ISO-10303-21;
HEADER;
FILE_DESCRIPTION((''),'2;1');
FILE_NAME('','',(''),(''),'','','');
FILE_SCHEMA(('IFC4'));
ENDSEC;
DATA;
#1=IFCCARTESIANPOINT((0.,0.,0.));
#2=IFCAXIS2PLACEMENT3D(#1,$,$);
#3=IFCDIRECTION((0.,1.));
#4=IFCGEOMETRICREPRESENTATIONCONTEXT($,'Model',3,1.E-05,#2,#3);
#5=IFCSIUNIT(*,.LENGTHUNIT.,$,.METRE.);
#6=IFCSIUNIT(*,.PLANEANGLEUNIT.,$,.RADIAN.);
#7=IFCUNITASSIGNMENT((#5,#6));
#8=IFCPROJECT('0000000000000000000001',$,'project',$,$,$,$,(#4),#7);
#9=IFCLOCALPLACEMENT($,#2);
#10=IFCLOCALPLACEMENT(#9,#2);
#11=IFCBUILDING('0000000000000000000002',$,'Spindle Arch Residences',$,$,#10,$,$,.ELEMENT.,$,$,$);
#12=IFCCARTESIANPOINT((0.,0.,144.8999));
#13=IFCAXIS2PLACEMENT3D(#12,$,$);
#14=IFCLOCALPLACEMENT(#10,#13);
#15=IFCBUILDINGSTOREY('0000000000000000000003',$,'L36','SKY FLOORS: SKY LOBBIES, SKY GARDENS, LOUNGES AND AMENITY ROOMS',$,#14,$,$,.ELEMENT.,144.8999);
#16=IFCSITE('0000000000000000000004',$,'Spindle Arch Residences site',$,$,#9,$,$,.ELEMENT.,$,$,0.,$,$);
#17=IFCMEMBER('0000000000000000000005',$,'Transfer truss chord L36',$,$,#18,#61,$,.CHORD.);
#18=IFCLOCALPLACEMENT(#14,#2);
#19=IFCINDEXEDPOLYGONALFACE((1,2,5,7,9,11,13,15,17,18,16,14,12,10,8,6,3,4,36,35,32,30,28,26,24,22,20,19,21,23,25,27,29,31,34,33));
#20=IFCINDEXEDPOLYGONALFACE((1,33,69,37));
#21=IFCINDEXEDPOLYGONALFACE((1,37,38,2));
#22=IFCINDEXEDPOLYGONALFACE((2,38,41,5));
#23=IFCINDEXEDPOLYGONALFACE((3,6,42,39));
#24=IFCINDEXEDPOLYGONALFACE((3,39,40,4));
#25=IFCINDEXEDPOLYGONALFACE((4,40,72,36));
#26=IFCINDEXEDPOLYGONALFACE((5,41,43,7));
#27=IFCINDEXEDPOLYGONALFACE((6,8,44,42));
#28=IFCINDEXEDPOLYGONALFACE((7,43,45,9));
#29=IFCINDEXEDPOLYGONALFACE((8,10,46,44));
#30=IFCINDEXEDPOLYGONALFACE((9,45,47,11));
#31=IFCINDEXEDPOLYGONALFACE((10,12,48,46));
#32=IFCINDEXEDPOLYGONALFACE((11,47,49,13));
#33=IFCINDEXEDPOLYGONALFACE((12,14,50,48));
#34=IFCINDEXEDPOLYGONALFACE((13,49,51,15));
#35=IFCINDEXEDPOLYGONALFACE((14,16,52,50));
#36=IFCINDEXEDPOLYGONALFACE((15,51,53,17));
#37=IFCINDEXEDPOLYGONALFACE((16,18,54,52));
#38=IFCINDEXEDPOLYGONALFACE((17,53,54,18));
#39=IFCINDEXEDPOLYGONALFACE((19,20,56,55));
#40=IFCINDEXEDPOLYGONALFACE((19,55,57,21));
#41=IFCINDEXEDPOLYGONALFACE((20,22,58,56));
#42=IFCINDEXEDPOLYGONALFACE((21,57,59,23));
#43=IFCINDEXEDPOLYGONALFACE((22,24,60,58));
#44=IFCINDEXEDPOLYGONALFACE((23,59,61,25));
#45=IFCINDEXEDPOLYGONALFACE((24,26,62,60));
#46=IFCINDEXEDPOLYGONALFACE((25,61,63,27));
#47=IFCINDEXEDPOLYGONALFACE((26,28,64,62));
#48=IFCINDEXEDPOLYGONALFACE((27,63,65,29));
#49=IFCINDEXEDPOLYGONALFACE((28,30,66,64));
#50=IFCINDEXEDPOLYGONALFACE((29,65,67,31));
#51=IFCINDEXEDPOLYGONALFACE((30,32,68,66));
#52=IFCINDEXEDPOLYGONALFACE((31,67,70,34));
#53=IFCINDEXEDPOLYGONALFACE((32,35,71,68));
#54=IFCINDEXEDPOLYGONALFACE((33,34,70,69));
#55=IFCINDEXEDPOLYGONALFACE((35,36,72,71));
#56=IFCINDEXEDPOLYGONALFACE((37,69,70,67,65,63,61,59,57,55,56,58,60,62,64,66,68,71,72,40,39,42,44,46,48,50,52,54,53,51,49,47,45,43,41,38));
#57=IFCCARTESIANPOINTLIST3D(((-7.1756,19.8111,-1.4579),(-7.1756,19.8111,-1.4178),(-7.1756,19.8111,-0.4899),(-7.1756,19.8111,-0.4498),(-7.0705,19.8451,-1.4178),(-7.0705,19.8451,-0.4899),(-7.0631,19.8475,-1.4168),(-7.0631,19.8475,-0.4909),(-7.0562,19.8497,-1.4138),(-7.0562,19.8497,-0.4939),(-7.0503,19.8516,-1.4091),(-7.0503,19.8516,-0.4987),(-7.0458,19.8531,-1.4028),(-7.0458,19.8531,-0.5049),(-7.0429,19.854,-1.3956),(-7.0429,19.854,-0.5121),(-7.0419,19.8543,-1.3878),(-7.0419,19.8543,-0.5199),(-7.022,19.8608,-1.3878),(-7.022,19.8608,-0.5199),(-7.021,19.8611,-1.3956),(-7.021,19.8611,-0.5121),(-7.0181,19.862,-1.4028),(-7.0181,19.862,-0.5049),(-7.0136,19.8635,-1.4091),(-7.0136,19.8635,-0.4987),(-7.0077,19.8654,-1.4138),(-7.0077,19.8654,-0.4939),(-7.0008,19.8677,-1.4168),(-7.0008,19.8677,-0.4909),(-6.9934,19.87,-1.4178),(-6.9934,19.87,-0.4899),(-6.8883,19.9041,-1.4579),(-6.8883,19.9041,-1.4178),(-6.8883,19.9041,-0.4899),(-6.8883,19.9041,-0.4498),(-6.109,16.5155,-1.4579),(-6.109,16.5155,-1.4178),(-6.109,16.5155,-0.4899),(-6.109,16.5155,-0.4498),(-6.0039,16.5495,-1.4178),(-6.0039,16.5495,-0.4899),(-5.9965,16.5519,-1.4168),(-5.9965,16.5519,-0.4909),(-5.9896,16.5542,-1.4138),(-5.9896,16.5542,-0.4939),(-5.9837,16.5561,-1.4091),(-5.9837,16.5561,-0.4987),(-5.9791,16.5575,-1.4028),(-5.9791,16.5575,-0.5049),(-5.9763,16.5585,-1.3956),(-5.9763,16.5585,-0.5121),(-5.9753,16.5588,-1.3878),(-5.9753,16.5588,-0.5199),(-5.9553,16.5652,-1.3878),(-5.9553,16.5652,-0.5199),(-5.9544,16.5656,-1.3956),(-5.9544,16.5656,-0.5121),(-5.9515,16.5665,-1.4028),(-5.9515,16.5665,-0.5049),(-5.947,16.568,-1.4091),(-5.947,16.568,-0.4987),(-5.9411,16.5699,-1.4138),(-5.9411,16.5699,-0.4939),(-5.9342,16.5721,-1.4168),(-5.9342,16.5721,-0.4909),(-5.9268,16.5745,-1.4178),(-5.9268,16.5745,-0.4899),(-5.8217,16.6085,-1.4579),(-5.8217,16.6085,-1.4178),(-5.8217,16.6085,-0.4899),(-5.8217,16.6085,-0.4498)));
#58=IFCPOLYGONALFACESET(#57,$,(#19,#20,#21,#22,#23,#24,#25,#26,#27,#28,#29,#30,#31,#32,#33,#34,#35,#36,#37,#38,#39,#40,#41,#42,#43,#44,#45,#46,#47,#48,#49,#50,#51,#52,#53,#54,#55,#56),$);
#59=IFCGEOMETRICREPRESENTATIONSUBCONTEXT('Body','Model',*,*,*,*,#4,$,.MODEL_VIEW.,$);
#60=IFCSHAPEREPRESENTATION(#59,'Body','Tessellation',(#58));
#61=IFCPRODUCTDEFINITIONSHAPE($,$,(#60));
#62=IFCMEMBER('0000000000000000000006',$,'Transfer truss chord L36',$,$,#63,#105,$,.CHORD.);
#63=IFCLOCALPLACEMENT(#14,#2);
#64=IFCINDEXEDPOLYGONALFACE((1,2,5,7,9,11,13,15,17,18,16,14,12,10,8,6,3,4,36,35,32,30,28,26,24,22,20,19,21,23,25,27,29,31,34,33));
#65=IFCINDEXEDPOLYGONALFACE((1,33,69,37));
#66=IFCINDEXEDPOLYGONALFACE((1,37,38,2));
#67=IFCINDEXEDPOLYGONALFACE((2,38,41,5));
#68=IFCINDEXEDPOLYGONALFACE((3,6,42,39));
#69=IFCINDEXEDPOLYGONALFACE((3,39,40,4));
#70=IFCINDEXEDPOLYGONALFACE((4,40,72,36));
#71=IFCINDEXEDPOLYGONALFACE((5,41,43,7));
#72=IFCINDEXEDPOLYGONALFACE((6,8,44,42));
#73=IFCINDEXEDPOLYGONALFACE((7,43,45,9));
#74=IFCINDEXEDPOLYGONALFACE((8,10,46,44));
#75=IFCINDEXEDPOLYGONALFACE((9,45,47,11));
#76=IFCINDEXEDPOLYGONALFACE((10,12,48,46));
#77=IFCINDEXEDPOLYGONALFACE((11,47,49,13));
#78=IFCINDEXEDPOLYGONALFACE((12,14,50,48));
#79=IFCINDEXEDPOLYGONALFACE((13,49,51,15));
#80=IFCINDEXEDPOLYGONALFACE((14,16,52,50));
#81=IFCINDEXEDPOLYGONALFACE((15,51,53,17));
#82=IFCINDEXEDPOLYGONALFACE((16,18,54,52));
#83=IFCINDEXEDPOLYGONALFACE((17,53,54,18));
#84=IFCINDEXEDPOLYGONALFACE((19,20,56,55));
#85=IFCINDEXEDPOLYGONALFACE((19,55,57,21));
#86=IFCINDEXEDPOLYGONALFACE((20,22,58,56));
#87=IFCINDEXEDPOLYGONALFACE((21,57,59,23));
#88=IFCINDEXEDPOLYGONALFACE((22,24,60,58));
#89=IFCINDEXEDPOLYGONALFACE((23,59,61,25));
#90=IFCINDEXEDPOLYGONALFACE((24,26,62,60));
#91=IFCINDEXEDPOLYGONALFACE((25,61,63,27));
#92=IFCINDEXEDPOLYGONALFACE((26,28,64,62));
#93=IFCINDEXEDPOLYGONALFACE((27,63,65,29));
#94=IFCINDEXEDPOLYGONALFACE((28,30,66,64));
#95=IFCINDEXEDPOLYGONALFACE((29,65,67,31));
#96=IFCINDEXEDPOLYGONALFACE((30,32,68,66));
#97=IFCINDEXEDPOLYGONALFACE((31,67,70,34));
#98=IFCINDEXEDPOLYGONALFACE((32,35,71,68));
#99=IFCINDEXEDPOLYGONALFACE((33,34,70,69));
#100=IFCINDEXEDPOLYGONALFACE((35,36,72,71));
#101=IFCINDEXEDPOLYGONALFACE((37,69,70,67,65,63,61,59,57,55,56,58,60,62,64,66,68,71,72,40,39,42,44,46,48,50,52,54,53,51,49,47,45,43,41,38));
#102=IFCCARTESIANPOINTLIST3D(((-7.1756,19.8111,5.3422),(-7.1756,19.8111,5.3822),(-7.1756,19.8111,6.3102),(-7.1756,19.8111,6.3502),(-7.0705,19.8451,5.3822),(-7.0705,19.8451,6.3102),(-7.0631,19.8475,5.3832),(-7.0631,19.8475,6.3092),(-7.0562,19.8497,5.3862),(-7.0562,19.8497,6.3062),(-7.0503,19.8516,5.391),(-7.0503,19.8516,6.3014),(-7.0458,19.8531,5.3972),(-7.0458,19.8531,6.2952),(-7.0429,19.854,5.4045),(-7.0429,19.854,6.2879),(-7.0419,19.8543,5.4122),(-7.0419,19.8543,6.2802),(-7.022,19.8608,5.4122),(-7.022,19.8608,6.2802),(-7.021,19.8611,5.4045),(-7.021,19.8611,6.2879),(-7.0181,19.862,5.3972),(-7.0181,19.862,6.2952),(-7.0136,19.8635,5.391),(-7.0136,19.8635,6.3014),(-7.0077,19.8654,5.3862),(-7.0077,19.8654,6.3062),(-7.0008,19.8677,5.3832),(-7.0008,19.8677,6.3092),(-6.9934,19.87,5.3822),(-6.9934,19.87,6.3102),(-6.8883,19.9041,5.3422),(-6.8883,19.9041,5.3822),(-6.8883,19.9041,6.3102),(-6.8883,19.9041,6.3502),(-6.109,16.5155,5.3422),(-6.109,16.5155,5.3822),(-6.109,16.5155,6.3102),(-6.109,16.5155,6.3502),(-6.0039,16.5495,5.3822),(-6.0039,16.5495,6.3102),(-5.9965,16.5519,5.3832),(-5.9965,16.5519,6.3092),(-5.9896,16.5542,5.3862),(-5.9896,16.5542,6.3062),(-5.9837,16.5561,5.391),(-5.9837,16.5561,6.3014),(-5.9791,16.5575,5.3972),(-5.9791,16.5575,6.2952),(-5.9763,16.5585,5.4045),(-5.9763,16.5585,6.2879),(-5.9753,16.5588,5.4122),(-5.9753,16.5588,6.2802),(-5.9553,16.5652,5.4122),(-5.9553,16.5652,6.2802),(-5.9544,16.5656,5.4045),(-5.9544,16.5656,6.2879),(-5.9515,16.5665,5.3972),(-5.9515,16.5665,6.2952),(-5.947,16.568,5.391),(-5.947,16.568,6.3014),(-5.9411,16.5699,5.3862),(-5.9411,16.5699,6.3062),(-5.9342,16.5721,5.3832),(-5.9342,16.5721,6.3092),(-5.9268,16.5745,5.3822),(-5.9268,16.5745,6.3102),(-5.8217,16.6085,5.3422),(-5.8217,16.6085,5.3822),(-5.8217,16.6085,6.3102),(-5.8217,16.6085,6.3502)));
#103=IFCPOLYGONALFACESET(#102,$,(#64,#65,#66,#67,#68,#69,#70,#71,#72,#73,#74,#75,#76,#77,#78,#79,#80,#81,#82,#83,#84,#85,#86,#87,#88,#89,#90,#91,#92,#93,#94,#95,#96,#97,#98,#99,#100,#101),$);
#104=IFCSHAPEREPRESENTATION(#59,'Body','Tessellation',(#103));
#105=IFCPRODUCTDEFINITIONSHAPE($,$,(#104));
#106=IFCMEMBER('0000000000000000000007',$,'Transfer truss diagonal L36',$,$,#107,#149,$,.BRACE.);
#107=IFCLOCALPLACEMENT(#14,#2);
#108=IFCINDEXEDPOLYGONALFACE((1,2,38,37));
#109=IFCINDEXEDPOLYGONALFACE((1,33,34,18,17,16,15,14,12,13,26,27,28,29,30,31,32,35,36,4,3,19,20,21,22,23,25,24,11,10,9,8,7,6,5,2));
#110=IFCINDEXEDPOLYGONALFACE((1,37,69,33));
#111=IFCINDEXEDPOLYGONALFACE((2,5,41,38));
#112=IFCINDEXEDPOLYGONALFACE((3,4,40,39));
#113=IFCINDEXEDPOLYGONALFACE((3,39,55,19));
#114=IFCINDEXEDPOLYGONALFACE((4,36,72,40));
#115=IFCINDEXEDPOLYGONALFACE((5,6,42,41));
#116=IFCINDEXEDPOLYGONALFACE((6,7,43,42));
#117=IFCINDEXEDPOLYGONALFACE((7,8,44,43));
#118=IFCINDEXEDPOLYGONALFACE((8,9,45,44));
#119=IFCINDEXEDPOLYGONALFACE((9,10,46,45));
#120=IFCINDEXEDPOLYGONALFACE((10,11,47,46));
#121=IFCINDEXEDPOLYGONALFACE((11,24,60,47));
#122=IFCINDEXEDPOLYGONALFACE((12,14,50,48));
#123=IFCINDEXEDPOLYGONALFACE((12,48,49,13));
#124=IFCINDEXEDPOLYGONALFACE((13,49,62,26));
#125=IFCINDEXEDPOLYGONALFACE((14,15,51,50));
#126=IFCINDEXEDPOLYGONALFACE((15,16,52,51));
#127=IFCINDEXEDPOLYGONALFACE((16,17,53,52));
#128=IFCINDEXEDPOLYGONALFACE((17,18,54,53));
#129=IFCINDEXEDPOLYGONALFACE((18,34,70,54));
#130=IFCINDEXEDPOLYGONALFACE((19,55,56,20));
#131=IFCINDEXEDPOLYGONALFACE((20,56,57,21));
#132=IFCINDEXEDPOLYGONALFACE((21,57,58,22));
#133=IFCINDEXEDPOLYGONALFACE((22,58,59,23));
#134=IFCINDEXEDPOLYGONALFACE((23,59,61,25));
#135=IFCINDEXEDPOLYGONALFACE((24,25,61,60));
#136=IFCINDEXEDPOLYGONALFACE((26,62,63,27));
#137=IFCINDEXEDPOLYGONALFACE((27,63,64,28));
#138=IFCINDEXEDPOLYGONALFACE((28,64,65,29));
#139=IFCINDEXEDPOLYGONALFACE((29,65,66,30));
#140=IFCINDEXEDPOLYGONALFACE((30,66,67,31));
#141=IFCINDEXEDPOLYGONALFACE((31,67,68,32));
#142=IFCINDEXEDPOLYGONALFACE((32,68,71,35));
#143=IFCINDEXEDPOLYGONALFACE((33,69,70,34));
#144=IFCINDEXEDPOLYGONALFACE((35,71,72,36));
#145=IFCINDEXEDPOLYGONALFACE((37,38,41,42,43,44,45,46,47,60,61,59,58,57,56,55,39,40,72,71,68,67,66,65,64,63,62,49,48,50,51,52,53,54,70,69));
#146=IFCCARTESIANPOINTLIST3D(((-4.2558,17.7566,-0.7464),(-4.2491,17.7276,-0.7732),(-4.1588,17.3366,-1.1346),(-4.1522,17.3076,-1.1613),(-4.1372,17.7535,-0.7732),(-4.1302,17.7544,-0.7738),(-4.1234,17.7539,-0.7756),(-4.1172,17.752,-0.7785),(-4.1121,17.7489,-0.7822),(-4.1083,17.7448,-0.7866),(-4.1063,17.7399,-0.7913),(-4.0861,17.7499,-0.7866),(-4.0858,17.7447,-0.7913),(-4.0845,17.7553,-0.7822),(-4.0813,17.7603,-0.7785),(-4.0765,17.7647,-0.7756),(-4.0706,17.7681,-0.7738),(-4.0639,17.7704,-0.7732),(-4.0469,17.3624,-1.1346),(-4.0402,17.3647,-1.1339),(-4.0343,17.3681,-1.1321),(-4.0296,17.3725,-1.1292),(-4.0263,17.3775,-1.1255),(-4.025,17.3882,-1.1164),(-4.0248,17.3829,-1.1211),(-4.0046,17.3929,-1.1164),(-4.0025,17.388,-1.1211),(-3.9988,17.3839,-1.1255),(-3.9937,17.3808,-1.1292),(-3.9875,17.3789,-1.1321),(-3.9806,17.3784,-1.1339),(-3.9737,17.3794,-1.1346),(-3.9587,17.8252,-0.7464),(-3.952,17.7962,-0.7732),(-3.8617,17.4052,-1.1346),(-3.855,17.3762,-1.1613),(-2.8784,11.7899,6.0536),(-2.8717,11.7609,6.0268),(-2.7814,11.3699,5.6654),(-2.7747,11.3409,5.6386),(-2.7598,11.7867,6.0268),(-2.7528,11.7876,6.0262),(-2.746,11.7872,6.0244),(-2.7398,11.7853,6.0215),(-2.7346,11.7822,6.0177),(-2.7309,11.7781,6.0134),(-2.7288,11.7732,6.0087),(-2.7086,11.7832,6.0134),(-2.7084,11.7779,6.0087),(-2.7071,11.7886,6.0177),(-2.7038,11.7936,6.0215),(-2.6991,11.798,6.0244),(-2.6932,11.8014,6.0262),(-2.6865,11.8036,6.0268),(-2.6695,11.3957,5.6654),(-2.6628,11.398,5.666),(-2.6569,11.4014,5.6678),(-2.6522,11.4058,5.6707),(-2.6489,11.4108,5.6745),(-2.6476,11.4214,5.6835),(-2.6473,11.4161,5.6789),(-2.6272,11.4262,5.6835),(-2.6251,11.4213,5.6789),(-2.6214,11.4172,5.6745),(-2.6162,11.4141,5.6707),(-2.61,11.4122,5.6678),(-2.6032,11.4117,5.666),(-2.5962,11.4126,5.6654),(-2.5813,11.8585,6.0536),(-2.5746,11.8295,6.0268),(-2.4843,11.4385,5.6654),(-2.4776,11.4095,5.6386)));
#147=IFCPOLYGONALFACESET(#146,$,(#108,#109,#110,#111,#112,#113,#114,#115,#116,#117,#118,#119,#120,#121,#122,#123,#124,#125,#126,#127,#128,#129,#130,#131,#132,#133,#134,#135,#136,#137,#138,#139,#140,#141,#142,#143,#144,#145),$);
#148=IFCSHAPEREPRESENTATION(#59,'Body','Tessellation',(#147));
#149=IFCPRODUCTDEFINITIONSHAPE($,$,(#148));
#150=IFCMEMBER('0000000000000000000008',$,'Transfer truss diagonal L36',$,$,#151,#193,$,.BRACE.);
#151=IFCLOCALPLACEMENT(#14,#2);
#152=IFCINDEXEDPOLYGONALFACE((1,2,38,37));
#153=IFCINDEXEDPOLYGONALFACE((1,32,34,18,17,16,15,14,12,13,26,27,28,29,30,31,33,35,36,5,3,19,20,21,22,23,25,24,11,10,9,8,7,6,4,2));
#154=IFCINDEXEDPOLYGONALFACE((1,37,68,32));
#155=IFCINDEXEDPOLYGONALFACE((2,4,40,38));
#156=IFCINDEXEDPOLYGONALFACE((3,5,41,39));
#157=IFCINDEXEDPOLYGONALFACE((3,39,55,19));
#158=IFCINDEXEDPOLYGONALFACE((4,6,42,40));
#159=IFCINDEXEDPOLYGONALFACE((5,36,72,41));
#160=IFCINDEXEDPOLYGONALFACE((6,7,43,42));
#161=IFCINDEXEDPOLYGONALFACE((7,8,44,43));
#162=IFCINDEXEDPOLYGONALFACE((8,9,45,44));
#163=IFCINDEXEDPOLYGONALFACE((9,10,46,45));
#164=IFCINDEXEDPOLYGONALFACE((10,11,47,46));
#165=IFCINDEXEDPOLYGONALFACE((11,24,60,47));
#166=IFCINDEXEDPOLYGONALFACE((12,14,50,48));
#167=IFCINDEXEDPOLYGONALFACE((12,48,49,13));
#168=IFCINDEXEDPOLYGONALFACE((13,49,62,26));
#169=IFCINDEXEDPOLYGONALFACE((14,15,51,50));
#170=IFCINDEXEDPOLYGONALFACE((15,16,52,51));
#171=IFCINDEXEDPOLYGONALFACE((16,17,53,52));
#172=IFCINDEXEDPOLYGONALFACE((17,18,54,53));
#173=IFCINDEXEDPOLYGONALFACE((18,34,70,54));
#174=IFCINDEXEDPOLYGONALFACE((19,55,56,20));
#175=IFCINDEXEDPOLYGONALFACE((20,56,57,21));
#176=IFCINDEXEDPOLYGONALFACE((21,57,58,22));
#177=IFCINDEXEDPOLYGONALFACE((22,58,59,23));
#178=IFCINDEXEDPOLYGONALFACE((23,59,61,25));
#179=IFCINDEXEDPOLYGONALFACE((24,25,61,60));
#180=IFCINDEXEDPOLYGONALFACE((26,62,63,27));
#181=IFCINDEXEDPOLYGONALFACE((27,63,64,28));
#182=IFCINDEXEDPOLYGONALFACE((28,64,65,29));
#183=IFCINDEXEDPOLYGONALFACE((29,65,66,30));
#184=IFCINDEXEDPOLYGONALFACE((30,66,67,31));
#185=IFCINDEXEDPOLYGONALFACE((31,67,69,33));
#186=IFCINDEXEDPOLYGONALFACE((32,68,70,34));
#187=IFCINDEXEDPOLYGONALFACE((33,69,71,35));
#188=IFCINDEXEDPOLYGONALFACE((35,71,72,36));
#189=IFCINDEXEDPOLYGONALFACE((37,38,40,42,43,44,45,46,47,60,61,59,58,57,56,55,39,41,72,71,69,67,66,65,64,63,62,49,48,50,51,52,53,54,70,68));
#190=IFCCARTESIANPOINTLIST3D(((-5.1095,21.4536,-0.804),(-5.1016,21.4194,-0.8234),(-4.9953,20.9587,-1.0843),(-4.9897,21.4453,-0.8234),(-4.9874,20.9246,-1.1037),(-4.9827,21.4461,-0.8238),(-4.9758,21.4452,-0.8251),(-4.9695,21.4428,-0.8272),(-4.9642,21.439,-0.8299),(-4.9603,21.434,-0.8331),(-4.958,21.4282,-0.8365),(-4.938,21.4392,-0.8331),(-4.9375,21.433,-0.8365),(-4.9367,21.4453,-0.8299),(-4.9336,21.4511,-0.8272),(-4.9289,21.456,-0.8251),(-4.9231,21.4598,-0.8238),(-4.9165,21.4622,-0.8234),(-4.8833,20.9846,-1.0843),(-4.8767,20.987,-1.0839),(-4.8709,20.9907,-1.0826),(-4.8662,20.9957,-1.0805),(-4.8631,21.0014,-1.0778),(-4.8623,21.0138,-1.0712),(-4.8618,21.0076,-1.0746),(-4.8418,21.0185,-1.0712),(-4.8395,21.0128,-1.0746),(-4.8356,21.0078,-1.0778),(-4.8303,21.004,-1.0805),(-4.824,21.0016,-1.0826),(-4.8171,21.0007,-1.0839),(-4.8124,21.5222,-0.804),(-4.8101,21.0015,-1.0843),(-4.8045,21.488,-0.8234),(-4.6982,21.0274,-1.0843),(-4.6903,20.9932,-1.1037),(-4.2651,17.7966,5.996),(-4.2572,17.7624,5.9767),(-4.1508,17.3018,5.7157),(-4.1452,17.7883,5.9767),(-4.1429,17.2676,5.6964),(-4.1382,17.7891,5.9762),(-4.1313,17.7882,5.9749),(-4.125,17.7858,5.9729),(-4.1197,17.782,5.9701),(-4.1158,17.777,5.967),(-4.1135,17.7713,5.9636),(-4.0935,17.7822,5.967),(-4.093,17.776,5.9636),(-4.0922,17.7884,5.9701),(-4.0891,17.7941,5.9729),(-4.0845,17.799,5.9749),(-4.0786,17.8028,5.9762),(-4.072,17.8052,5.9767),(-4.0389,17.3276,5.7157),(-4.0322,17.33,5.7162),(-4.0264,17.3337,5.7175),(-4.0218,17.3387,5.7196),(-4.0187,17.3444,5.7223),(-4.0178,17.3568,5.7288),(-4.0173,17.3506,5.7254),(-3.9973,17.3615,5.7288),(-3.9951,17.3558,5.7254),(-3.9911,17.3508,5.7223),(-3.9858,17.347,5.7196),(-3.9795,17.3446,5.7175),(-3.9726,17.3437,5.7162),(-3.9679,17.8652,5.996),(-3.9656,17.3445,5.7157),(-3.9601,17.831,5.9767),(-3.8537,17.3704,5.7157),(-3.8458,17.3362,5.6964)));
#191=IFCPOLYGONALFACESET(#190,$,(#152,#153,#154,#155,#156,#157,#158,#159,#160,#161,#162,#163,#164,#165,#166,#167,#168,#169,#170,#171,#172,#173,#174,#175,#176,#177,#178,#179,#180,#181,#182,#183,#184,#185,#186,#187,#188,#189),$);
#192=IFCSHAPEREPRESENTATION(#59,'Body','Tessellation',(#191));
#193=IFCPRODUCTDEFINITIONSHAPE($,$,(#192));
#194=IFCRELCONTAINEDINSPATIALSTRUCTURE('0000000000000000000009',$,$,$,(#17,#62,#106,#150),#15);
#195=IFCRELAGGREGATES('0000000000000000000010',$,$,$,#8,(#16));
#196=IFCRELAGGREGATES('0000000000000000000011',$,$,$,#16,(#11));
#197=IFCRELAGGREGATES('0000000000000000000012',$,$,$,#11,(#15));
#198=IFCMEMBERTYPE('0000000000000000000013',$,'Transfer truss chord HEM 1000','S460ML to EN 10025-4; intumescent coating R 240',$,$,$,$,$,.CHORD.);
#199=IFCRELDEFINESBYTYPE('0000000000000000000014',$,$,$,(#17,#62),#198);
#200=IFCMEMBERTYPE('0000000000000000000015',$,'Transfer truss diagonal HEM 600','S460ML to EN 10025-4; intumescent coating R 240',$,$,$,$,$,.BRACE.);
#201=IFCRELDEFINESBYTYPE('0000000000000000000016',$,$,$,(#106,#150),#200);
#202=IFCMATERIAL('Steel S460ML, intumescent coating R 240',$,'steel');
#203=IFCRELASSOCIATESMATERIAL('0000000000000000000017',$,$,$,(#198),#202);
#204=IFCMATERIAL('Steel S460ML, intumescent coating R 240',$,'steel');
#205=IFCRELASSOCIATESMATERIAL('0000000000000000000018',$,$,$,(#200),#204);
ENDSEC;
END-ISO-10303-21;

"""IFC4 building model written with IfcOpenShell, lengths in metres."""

from ifc_helpers import new_model, si_unit, direction, frame, origin, origin_2d, place, context, subcontext, project, spatial, i_section, extrude, material, material_profile, profile_set, type_object, element, save


model = new_model("IFC4")

# Units and contexts
model_context = context("Model", 3, precision=1e-05, world=origin(), true_north=direction((0.0, 1.0)))
body_context = subcontext(model_context, "Body", "Model", "MODEL_VIEW")
ifc_project = project(units=[si_unit("LENGTHUNIT", "METRE"), si_unit("PLANEANGLEUNIT", "RADIAN")], contexts=[model_context])

# Site, building, storey
site_placement = place(None, origin())
site = spatial("IfcSite", under=ifc_project, at=site_placement, Name="Spindle Arch Residences site", CompositionType="ELEMENT", RefElevation=0.0)
building_placement = place(site_placement, origin())
building = spatial("IfcBuilding", under=site, at=building_placement, Name="Spindle Arch Residences", CompositionType="ELEMENT")
storey_placement = place(building_placement, frame((0.0, 0.0, 144.8999)))
storey = spatial("IfcBuildingStorey", under=building, at=storey_placement, Name="L36", Description="SKY FLOORS: SKY LOBBIES, SKY GARDENS, LOUNGES AND AMENITY ROOMS", CompositionType="ELEMENT", Elevation=144.8999)

# Members
ifc_material_1 = material(Name="Steel S460ML, intumescent coating R 240", Category="steel")
ifc_material_profile_1 = material_profile(ifc_material_1, i_section(OverallWidth=0.302, OverallDepth=1.0081, WebThickness=0.021, FlangeThickness=0.04, FilletRadius=0.03, at=origin_2d()), Name="HEM 1000")
ifc_profile_set_1 = profile_set([ifc_material_profile_1], Name="Steel S460ML, intumescent coating R 240")
member_type_1 = type_object("IfcMemberType", Name="Transfer truss chord HEM 1000", Description="S460ML to EN 10025-4; intumescent coating R 240", PredefinedType="CHORD", material=ifc_profile_set_1)
for number, where, z_axis, x_axis, name in (
    (1, (-5.9653, 16.562, -0.9539), (-0.307927, 0.95141, 0.0), (-0.95141, -0.307927, 0.0), "Transfer truss chord L36"),
    (2, (-5.9653, 16.562, 5.8462), (-0.307927, 0.95141, 0.0), (-0.95141, -0.307927, 0.0), "Transfer truss chord L36"),
):
    element("IfcMember", number, at=place(storey_placement, frame(where, z_axis=z_axis, x_axis=x_axis)), inside=storey, type_object=member_type_1, Name=name, PredefinedType="CHORD", context=body_context, shape_type="SweptSolid", body=[
        extrude(i_section(OverallWidth=0.302, OverallDepth=1.0081, WebThickness=0.021, FlangeThickness=0.04, FilletRadius=0.03, at=origin_2d()), origin(), (0.0, 0.0, 1.0), 3.4639),
    ])
ifc_material_2 = material(Name="Steel S460ML, intumescent coating R 240", Category="steel")
ifc_material_profile_2 = material_profile(ifc_material_2, i_section(OverallWidth=0.3049, OverallDepth=0.6201, WebThickness=0.021, FlangeThickness=0.04, FilletRadius=0.0271, at=origin_2d()), Name="HEM 600")
ifc_profile_set_2 = profile_set([ifc_material_profile_2], Name="Steel S460ML, intumescent coating R 240")
member_type_2 = type_object("IfcMemberType", Name="Transfer truss diagonal HEM 600", Description="S460ML to EN 10025-4; intumescent coating R 240", PredefinedType="BRACE", material=ifc_profile_set_2)
member_1_placement = place(storey_placement, frame((-4.0554, 17.5664, -0.9539), z_axis=(0.150524, -0.652038, 0.743094), x_axis=(0.974374, 0.224935, 0.0)))
element("IfcMember", 3, at=member_1_placement, inside=storey, type_object=member_type_2, Name="Transfer truss diagonal L36", PredefinedType="BRACE", context=body_context, shape_type="SweptSolid", body=[
    extrude(i_section(OverallWidth=0.3049, OverallDepth=0.6201, WebThickness=0.021, FlangeThickness=0.04, FilletRadius=0.0271, at=origin_2d()), origin(), (0.0, 0.0, 1.0), 9.1509),
])
member_2_placement = place(storey_placement, frame((-4.8999, 21.2234, -0.9539), z_axis=(0.108726, -0.470832, 0.875498), x_axis=(0.974358, 0.225002, 0.0)))
element("IfcMember", 4, at=member_2_placement, inside=storey, type_object=member_type_2, Name="Transfer truss diagonal L36", PredefinedType="BRACE", context=body_context, shape_type="SweptSolid", body=[
    extrude(i_section(OverallWidth=0.3049, OverallDepth=0.6201, WebThickness=0.021, FlangeThickness=0.04, FilletRadius=0.0271, at=origin_2d()), origin(), (0.0, 0.0, 1.0), 7.7671),
])

save(model, "model.ifc")
